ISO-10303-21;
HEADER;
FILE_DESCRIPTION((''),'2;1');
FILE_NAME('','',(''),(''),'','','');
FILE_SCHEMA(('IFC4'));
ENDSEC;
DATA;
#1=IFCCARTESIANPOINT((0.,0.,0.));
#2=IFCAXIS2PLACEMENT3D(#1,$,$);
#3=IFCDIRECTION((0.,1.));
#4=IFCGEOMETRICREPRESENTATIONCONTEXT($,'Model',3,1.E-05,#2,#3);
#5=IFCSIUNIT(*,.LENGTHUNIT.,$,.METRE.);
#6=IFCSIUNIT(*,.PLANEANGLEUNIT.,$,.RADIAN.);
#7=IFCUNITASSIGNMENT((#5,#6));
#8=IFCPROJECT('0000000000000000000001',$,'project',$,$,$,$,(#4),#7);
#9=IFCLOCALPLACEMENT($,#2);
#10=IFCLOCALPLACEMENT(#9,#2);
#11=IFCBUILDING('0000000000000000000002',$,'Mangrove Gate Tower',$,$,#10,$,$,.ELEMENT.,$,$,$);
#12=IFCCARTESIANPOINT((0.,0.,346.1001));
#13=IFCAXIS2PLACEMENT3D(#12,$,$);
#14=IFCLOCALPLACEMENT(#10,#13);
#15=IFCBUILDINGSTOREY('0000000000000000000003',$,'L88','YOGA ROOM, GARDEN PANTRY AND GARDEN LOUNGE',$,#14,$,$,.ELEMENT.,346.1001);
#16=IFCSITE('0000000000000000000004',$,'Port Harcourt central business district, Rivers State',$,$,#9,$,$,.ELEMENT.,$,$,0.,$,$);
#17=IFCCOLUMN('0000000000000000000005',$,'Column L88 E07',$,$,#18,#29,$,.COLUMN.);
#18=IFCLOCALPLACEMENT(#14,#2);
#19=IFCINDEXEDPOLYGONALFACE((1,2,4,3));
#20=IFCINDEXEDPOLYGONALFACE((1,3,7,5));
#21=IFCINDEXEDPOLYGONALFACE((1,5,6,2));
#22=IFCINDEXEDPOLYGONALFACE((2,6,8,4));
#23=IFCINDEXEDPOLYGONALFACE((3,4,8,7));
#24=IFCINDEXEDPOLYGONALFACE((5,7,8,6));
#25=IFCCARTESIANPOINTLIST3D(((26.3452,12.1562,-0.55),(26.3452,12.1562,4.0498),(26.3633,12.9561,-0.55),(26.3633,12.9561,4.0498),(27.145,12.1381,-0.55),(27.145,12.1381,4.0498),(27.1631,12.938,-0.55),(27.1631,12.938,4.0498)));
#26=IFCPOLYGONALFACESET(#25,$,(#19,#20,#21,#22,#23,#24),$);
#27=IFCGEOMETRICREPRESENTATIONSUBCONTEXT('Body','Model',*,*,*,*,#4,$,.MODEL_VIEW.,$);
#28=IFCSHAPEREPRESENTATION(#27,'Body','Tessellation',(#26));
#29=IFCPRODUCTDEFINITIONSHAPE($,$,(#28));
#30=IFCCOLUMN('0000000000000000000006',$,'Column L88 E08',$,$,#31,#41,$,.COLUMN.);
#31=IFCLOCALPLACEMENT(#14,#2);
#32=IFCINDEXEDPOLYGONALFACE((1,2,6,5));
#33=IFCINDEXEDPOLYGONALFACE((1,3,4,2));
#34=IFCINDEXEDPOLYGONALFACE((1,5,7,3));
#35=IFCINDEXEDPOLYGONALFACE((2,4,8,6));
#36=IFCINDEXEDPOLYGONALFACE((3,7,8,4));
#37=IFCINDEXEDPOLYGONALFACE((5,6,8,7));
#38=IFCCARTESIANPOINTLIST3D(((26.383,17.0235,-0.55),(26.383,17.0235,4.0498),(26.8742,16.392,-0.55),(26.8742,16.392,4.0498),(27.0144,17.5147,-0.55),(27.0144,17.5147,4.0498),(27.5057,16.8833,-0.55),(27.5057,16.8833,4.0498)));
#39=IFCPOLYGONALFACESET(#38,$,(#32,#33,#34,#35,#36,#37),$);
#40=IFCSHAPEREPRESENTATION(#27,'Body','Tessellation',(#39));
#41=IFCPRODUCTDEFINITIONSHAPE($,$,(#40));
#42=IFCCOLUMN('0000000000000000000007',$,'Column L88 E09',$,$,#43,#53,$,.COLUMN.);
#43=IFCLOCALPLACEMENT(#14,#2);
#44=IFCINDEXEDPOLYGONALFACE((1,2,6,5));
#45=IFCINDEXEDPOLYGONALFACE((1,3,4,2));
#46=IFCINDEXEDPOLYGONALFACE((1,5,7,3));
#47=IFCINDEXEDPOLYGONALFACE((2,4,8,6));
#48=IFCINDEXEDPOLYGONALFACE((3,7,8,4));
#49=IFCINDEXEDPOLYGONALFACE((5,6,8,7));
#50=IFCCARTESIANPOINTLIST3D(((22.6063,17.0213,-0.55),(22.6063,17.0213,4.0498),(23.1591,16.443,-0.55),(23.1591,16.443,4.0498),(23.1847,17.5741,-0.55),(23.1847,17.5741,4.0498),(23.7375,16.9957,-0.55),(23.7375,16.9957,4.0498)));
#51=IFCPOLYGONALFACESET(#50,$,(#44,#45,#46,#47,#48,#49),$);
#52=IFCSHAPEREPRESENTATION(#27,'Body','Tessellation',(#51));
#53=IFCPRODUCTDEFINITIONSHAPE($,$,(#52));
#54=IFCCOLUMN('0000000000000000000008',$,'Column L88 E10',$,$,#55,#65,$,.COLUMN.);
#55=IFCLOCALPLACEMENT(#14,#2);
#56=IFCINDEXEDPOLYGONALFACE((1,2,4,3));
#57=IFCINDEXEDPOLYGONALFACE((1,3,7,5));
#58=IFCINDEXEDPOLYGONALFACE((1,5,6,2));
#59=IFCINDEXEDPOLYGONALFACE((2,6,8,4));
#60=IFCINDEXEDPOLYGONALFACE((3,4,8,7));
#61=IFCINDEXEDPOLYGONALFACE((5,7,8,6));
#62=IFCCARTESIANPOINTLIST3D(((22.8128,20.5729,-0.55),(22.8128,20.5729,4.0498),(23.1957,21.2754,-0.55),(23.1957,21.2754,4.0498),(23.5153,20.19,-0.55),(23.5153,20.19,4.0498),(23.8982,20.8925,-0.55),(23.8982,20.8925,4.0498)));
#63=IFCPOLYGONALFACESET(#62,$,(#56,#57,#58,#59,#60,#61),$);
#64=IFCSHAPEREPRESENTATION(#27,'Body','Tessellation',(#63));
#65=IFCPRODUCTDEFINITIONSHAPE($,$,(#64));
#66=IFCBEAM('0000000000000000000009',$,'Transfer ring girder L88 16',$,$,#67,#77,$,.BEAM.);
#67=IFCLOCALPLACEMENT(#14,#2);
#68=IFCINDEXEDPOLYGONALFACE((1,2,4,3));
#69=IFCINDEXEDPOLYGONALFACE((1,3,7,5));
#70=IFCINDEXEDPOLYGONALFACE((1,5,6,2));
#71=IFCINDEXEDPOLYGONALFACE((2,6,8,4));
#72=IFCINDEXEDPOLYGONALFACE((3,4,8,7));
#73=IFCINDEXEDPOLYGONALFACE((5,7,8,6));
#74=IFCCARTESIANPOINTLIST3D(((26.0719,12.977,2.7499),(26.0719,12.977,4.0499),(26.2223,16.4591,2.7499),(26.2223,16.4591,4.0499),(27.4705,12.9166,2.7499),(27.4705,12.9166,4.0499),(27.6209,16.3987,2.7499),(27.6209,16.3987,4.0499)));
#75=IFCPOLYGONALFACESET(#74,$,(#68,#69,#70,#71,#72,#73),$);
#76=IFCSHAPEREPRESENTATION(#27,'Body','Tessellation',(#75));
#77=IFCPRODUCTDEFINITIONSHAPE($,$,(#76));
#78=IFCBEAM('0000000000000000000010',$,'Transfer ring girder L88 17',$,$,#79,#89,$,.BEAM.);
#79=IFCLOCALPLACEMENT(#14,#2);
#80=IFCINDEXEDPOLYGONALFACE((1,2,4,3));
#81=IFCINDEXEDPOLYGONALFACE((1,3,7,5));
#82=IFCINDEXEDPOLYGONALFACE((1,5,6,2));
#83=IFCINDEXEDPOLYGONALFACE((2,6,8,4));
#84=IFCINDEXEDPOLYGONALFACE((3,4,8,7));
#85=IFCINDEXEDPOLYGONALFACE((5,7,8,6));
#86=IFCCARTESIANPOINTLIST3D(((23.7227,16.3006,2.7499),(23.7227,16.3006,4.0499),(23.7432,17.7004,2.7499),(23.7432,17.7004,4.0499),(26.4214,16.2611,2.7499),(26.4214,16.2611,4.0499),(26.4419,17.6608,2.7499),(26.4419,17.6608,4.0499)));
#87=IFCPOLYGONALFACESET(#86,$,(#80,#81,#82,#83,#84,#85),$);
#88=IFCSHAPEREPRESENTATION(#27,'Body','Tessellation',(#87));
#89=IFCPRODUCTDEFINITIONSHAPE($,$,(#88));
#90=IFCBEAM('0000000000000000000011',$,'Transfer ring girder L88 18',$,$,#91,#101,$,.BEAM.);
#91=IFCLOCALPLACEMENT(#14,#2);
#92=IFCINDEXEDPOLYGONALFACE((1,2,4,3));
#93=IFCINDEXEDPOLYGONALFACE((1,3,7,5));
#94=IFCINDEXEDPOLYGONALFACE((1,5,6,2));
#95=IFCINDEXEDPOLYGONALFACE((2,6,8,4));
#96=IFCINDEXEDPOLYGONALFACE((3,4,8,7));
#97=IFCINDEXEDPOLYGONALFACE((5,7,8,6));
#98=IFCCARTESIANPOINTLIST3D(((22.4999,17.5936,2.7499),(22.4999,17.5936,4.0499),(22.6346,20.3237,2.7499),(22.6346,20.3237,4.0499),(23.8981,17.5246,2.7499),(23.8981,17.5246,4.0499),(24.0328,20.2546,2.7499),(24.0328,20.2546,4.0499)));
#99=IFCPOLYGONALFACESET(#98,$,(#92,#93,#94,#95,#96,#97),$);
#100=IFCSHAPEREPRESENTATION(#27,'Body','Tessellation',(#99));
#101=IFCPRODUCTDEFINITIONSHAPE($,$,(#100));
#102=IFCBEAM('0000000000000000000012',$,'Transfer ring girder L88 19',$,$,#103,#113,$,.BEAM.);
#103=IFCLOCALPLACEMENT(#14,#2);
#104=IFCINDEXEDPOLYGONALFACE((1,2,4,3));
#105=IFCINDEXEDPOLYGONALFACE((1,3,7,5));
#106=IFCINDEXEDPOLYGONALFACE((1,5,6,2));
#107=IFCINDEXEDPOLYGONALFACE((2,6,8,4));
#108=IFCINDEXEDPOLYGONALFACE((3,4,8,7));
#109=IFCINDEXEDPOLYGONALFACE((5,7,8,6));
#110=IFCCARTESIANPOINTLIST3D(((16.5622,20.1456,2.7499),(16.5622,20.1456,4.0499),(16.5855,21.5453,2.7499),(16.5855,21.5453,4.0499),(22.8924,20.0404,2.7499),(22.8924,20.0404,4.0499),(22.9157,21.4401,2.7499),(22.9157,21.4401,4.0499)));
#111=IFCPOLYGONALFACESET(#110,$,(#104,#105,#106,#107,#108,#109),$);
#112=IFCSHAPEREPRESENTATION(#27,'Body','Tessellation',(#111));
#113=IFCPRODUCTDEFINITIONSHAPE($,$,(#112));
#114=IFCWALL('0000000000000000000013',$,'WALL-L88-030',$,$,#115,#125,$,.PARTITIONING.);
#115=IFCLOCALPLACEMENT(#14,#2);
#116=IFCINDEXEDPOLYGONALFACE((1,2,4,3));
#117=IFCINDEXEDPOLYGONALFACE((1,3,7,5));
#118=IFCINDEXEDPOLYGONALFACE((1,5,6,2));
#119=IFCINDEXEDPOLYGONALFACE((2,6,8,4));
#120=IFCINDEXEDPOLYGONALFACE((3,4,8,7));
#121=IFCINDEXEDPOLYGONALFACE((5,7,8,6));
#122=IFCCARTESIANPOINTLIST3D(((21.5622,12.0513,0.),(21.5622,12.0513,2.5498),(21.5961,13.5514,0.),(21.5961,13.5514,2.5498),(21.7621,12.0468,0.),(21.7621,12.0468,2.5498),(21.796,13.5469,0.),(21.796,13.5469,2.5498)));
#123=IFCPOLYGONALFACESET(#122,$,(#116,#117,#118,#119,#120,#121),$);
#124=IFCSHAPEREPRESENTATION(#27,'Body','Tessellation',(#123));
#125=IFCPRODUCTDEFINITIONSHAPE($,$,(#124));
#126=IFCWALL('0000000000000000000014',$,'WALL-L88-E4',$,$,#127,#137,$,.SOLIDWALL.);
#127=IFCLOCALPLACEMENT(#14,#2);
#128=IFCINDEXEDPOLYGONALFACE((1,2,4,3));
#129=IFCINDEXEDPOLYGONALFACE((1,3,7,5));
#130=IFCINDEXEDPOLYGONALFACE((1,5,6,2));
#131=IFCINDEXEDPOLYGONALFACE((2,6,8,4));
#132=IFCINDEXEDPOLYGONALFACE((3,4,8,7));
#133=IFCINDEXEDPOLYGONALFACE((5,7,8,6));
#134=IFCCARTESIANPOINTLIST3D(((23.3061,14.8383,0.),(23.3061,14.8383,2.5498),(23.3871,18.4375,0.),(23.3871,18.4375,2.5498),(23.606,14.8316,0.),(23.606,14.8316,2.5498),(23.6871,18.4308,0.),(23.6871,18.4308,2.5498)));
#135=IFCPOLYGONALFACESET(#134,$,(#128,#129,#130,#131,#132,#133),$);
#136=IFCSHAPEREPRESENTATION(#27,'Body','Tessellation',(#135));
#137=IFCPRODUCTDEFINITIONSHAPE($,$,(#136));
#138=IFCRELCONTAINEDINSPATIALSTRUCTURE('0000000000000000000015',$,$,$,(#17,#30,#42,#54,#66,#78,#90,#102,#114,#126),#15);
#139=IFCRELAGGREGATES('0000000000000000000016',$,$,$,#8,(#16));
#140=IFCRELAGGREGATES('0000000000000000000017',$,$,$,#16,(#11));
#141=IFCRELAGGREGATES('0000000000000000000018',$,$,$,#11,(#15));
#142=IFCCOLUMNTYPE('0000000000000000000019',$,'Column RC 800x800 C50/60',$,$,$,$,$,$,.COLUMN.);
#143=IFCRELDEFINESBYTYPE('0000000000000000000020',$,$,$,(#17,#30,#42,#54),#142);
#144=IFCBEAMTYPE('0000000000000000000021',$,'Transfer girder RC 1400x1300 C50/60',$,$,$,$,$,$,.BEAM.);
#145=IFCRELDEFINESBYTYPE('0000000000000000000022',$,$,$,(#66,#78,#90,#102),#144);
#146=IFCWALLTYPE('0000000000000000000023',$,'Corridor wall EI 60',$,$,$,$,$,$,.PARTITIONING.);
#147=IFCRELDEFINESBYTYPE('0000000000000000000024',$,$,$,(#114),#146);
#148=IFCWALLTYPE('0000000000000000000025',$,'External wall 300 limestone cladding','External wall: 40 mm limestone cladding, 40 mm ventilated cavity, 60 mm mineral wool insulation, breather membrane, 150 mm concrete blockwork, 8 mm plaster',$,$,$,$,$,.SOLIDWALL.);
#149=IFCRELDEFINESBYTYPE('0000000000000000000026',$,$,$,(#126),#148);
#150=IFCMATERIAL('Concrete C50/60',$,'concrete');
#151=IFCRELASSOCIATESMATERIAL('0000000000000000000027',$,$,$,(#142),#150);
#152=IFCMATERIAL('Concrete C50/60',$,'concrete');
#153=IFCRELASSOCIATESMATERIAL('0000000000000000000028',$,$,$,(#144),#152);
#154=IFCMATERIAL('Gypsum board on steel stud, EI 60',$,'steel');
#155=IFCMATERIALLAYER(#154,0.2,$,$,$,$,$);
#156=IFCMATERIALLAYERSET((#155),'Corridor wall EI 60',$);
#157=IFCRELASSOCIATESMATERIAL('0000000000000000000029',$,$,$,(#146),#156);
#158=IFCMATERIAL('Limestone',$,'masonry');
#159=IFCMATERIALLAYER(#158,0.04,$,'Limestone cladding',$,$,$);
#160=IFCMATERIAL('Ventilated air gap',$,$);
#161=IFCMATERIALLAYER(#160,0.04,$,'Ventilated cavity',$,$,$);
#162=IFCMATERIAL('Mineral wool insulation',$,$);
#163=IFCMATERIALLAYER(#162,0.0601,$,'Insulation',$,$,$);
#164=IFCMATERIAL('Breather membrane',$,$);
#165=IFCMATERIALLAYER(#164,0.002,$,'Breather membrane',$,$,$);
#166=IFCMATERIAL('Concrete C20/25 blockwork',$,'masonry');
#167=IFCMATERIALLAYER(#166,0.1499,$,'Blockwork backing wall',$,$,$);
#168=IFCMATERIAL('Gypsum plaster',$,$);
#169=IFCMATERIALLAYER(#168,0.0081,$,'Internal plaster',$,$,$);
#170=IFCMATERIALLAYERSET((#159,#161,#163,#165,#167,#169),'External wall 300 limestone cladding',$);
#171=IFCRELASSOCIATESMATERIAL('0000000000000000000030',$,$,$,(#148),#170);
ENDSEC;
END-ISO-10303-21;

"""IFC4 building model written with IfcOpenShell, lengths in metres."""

from ifc_helpers import new_model, si_unit, direction, frame, frame_2d, origin, origin_2d, place, context, subcontext, project, spatial, rectangle, extrude, material, layer, layer_set, material_profile, profile_set, type_object, element, save


model = new_model("IFC4")

# Units and contexts
model_context = context("Model", 3, precision=1e-05, world=origin(), true_north=direction((0.0, 1.0)))
body_context = subcontext(model_context, "Body", "Model", "MODEL_VIEW")
ifc_project = project(units=[si_unit("LENGTHUNIT", "METRE"), si_unit("PLANEANGLEUNIT", "RADIAN")], contexts=[model_context])

# Site, building, storey
site_placement = place(None, origin())
site = spatial("IfcSite", under=ifc_project, at=site_placement, Name="Port Harcourt central business district, Rivers State", CompositionType="ELEMENT", RefElevation=0.0)
building_placement = place(site_placement, origin())
building = spatial("IfcBuilding", under=site, at=building_placement, Name="Mangrove Gate Tower", CompositionType="ELEMENT")
storey_placement = place(building_placement, frame((0.0, 0.0, 346.1001)))
storey = spatial("IfcBuildingStorey", under=building, at=storey_placement, Name="L88", Description="YOGA ROOM, GARDEN PANTRY AND GARDEN LOUNGE", CompositionType="ELEMENT", Elevation=346.1001)

# Columns
ifc_material_1 = material(Name="Concrete C50/60", Category="concrete")
ifc_material_profile_1 = material_profile(ifc_material_1, rectangle(XDim=0.8, YDim=0.8, at=origin_2d()))
ifc_profile_set_1 = profile_set([ifc_material_profile_1], Name="Concrete C50/60")
column_type = type_object("IfcColumnType", Name="Column RC 800x800 C50/60", PredefinedType="COLUMN", material=ifc_profile_set_1)
for number, where, z_axis, x_axis, name in (
    (1, (26.7542, 12.5471, -0.55), (0.0, 0.0, 1.0), (0.022629, 0.999744, 0.0), "Column L88 E07"),
    (2, (26.9443, 16.9534, -0.55), (0.0, 0.0, 1.0), (-0.614033, 0.789281, 0.0), "Column L88 E08"),
    (3, (23.1719, 17.0085, -0.55), (0.0, 0.0, 1.0), (-0.690923, 0.722929, 0.0), "Column L88 E09"),
    (4, (23.3555, 20.7327, -0.55), (0.0, 0.0, 1.0), (-0.878038, 0.47859, 0.0), "Column L88 E10"),
):
    element("IfcColumn", number, at=place(storey_placement, frame(where, z_axis=z_axis, x_axis=x_axis)), inside=storey, type_object=column_type, Name=name, PredefinedType="COLUMN", context=body_context, shape_type="SweptSolid", body=[
        extrude(rectangle(XDim=0.8, YDim=0.8, at=origin_2d()), origin(), (0.0, 0.0, 1.0), 4.5999),
    ])

# Beams
ifc_material_2 = material(Name="Concrete C50/60", Category="concrete")
ifc_material_profile_2 = material_profile(ifc_material_2, rectangle(XDim=1.3999, YDim=1.3, at=origin_2d()))
ifc_profile_set_2 = profile_set([ifc_material_profile_2], Name="Concrete C50/60")
beam_type = type_object("IfcBeamType", Name="Transfer girder RC 1400x1300 C50/60", PredefinedType="BEAM", material=ifc_profile_set_2)
beam_1_placement = place(storey_placement, frame((26.7712, 12.9468, 3.3999), z_axis=(0.043148, 0.999069, 0.0), x_axis=(-0.999069, 0.043148, 0.0)))
element("IfcBeam", 5, at=beam_1_placement, inside=storey, type_object=beam_type, Name="Transfer ring girder L88 16", PredefinedType="BEAM", context=body_context, shape_type="SweptSolid", body=[
    extrude(rectangle(XDim=1.3999, YDim=1.3, at=origin_2d()), origin(), (0.0, 0.0, 1.0), 3.4854),
])
beam_2_placement = place(storey_placement, frame((26.4316, 16.9609, 3.3999), z_axis=(-0.999893, 0.014654, 0.0), x_axis=(-0.014654, -0.999893, 0.0)))
element("IfcBeam", 6, at=beam_2_placement, inside=storey, type_object=beam_type, Name="Transfer ring girder L88 17", PredefinedType="BEAM", context=body_context, shape_type="SweptSolid", body=[
    extrude(rectangle(XDim=1.3999, YDim=1.3, at=origin_2d()), origin(), (0.0, 0.0, 1.0), 2.699),
])
beam_3_placement = place(storey_placement, frame((23.199, 17.5591, 3.3999), z_axis=(0.049305, 0.998784, 0.0), x_axis=(-0.998784, 0.049305, 0.0)))
element("IfcBeam", 7, at=beam_3_placement, inside=storey, type_object=beam_type, Name="Transfer ring girder L88 18", PredefinedType="BEAM", context=body_context, shape_type="SweptSolid", body=[
    extrude(rectangle(XDim=1.3999, YDim=1.3, at=origin_2d()), origin(), (0.0, 0.0, 1.0), 2.7334),
])
beam_4_placement = place(storey_placement, frame((22.9041, 20.7402, 3.3999), z_axis=(-0.999862, 0.016621, 0.0), x_axis=(-0.016621, -0.999862, 0.0)))
element("IfcBeam", 8, at=beam_4_placement, inside=storey, type_object=beam_type, Name="Transfer ring girder L88 19", PredefinedType="BEAM", context=body_context, shape_type="SweptSolid", body=[
    extrude(rectangle(XDim=1.3999, YDim=1.3, at=origin_2d()), origin(), (0.0, 0.0, 1.0), 6.3311),
])

# Wall
ifc_material_3 = material(Name="Gypsum board on steel stud, EI 60", Category="steel")
ifc_layer_1 = layer(ifc_material_3, 0.2)
ifc_layer_set_1 = layer_set([ifc_layer_1], Name="Corridor wall EI 60")
wall_type_1 = type_object("IfcWallType", Name="Corridor wall EI 60", PredefinedType="PARTITIONING", material=ifc_layer_set_1)
wall_1_placement = place(storey_placement, frame((21.6621, 12.0491, 0.0), z_axis=(0.0, 0.0, 1.0), x_axis=(0.022618, 0.999744, 0.0)))
element("IfcWall", 9, at=wall_1_placement, inside=storey, type_object=wall_type_1, Name="WALL-L88-030", PredefinedType="PARTITIONING", context=body_context, shape_type="SweptSolid", body=[
    extrude(rectangle(XDim=1.5005, YDim=0.2, at=frame_2d((0.7502, 0.0))), origin(), (0.0, 0.0, 1.0), 2.5498),
])

# Shared definitions
ifc_material_4 = material(Name="Limestone", Category="masonry")
ifc_layer_2 = layer(ifc_material_4, 0.04, Name="Limestone cladding")
ifc_material_5 = material(Name="Ventilated air gap")
ifc_layer_3 = layer(ifc_material_5, 0.04, Name="Ventilated cavity")
ifc_material_6 = material(Name="Mineral wool insulation")
ifc_layer_4 = layer(ifc_material_6, 0.0601, Name="Insulation")
ifc_material_7 = material(Name="Breather membrane")
ifc_layer_5 = layer(ifc_material_7, 0.002, Name="Breather membrane")
ifc_material_8 = material(Name="Concrete C20/25 blockwork", Category="masonry")
ifc_layer_6 = layer(ifc_material_8, 0.1499, Name="Blockwork backing wall")
ifc_material_9 = material(Name="Gypsum plaster")
ifc_layer_7 = layer(ifc_material_9, 0.0081, Name="Internal plaster")
ifc_layer_set_2 = layer_set([ifc_layer_2, ifc_layer_3, ifc_layer_4, ifc_layer_5, ifc_layer_6, ifc_layer_7], Name="External wall 300 limestone cladding")
wall_type_2 = type_object("IfcWallType", Name="External wall 300 limestone cladding", Description="External wall: 40 mm limestone cladding, 40 mm ventilated cavity, 60 mm mineral wool insulation, breather membrane, 150 mm concrete blockwork, 8 mm plaster", PredefinedType="SOLIDWALL", material=ifc_layer_set_2)

# Wall
wall_2_placement = place(storey_placement, frame((23.4561, 14.835, 0.0), z_axis=(0.0, 0.0, 1.0), x_axis=(0.022515, 0.999747, 0.0)))
element("IfcWall", 10, at=wall_2_placement, inside=storey, type_object=wall_type_2, Name="WALL-L88-E4", PredefinedType="SOLIDWALL", context=body_context, shape_type="SweptSolid", body=[
    extrude(rectangle(XDim=3.6001, YDim=0.3, at=frame_2d((1.8, 0.0))), origin(), (0.0, 0.0, 1.0), 2.5498),
])

save(model, "model.ifc")
